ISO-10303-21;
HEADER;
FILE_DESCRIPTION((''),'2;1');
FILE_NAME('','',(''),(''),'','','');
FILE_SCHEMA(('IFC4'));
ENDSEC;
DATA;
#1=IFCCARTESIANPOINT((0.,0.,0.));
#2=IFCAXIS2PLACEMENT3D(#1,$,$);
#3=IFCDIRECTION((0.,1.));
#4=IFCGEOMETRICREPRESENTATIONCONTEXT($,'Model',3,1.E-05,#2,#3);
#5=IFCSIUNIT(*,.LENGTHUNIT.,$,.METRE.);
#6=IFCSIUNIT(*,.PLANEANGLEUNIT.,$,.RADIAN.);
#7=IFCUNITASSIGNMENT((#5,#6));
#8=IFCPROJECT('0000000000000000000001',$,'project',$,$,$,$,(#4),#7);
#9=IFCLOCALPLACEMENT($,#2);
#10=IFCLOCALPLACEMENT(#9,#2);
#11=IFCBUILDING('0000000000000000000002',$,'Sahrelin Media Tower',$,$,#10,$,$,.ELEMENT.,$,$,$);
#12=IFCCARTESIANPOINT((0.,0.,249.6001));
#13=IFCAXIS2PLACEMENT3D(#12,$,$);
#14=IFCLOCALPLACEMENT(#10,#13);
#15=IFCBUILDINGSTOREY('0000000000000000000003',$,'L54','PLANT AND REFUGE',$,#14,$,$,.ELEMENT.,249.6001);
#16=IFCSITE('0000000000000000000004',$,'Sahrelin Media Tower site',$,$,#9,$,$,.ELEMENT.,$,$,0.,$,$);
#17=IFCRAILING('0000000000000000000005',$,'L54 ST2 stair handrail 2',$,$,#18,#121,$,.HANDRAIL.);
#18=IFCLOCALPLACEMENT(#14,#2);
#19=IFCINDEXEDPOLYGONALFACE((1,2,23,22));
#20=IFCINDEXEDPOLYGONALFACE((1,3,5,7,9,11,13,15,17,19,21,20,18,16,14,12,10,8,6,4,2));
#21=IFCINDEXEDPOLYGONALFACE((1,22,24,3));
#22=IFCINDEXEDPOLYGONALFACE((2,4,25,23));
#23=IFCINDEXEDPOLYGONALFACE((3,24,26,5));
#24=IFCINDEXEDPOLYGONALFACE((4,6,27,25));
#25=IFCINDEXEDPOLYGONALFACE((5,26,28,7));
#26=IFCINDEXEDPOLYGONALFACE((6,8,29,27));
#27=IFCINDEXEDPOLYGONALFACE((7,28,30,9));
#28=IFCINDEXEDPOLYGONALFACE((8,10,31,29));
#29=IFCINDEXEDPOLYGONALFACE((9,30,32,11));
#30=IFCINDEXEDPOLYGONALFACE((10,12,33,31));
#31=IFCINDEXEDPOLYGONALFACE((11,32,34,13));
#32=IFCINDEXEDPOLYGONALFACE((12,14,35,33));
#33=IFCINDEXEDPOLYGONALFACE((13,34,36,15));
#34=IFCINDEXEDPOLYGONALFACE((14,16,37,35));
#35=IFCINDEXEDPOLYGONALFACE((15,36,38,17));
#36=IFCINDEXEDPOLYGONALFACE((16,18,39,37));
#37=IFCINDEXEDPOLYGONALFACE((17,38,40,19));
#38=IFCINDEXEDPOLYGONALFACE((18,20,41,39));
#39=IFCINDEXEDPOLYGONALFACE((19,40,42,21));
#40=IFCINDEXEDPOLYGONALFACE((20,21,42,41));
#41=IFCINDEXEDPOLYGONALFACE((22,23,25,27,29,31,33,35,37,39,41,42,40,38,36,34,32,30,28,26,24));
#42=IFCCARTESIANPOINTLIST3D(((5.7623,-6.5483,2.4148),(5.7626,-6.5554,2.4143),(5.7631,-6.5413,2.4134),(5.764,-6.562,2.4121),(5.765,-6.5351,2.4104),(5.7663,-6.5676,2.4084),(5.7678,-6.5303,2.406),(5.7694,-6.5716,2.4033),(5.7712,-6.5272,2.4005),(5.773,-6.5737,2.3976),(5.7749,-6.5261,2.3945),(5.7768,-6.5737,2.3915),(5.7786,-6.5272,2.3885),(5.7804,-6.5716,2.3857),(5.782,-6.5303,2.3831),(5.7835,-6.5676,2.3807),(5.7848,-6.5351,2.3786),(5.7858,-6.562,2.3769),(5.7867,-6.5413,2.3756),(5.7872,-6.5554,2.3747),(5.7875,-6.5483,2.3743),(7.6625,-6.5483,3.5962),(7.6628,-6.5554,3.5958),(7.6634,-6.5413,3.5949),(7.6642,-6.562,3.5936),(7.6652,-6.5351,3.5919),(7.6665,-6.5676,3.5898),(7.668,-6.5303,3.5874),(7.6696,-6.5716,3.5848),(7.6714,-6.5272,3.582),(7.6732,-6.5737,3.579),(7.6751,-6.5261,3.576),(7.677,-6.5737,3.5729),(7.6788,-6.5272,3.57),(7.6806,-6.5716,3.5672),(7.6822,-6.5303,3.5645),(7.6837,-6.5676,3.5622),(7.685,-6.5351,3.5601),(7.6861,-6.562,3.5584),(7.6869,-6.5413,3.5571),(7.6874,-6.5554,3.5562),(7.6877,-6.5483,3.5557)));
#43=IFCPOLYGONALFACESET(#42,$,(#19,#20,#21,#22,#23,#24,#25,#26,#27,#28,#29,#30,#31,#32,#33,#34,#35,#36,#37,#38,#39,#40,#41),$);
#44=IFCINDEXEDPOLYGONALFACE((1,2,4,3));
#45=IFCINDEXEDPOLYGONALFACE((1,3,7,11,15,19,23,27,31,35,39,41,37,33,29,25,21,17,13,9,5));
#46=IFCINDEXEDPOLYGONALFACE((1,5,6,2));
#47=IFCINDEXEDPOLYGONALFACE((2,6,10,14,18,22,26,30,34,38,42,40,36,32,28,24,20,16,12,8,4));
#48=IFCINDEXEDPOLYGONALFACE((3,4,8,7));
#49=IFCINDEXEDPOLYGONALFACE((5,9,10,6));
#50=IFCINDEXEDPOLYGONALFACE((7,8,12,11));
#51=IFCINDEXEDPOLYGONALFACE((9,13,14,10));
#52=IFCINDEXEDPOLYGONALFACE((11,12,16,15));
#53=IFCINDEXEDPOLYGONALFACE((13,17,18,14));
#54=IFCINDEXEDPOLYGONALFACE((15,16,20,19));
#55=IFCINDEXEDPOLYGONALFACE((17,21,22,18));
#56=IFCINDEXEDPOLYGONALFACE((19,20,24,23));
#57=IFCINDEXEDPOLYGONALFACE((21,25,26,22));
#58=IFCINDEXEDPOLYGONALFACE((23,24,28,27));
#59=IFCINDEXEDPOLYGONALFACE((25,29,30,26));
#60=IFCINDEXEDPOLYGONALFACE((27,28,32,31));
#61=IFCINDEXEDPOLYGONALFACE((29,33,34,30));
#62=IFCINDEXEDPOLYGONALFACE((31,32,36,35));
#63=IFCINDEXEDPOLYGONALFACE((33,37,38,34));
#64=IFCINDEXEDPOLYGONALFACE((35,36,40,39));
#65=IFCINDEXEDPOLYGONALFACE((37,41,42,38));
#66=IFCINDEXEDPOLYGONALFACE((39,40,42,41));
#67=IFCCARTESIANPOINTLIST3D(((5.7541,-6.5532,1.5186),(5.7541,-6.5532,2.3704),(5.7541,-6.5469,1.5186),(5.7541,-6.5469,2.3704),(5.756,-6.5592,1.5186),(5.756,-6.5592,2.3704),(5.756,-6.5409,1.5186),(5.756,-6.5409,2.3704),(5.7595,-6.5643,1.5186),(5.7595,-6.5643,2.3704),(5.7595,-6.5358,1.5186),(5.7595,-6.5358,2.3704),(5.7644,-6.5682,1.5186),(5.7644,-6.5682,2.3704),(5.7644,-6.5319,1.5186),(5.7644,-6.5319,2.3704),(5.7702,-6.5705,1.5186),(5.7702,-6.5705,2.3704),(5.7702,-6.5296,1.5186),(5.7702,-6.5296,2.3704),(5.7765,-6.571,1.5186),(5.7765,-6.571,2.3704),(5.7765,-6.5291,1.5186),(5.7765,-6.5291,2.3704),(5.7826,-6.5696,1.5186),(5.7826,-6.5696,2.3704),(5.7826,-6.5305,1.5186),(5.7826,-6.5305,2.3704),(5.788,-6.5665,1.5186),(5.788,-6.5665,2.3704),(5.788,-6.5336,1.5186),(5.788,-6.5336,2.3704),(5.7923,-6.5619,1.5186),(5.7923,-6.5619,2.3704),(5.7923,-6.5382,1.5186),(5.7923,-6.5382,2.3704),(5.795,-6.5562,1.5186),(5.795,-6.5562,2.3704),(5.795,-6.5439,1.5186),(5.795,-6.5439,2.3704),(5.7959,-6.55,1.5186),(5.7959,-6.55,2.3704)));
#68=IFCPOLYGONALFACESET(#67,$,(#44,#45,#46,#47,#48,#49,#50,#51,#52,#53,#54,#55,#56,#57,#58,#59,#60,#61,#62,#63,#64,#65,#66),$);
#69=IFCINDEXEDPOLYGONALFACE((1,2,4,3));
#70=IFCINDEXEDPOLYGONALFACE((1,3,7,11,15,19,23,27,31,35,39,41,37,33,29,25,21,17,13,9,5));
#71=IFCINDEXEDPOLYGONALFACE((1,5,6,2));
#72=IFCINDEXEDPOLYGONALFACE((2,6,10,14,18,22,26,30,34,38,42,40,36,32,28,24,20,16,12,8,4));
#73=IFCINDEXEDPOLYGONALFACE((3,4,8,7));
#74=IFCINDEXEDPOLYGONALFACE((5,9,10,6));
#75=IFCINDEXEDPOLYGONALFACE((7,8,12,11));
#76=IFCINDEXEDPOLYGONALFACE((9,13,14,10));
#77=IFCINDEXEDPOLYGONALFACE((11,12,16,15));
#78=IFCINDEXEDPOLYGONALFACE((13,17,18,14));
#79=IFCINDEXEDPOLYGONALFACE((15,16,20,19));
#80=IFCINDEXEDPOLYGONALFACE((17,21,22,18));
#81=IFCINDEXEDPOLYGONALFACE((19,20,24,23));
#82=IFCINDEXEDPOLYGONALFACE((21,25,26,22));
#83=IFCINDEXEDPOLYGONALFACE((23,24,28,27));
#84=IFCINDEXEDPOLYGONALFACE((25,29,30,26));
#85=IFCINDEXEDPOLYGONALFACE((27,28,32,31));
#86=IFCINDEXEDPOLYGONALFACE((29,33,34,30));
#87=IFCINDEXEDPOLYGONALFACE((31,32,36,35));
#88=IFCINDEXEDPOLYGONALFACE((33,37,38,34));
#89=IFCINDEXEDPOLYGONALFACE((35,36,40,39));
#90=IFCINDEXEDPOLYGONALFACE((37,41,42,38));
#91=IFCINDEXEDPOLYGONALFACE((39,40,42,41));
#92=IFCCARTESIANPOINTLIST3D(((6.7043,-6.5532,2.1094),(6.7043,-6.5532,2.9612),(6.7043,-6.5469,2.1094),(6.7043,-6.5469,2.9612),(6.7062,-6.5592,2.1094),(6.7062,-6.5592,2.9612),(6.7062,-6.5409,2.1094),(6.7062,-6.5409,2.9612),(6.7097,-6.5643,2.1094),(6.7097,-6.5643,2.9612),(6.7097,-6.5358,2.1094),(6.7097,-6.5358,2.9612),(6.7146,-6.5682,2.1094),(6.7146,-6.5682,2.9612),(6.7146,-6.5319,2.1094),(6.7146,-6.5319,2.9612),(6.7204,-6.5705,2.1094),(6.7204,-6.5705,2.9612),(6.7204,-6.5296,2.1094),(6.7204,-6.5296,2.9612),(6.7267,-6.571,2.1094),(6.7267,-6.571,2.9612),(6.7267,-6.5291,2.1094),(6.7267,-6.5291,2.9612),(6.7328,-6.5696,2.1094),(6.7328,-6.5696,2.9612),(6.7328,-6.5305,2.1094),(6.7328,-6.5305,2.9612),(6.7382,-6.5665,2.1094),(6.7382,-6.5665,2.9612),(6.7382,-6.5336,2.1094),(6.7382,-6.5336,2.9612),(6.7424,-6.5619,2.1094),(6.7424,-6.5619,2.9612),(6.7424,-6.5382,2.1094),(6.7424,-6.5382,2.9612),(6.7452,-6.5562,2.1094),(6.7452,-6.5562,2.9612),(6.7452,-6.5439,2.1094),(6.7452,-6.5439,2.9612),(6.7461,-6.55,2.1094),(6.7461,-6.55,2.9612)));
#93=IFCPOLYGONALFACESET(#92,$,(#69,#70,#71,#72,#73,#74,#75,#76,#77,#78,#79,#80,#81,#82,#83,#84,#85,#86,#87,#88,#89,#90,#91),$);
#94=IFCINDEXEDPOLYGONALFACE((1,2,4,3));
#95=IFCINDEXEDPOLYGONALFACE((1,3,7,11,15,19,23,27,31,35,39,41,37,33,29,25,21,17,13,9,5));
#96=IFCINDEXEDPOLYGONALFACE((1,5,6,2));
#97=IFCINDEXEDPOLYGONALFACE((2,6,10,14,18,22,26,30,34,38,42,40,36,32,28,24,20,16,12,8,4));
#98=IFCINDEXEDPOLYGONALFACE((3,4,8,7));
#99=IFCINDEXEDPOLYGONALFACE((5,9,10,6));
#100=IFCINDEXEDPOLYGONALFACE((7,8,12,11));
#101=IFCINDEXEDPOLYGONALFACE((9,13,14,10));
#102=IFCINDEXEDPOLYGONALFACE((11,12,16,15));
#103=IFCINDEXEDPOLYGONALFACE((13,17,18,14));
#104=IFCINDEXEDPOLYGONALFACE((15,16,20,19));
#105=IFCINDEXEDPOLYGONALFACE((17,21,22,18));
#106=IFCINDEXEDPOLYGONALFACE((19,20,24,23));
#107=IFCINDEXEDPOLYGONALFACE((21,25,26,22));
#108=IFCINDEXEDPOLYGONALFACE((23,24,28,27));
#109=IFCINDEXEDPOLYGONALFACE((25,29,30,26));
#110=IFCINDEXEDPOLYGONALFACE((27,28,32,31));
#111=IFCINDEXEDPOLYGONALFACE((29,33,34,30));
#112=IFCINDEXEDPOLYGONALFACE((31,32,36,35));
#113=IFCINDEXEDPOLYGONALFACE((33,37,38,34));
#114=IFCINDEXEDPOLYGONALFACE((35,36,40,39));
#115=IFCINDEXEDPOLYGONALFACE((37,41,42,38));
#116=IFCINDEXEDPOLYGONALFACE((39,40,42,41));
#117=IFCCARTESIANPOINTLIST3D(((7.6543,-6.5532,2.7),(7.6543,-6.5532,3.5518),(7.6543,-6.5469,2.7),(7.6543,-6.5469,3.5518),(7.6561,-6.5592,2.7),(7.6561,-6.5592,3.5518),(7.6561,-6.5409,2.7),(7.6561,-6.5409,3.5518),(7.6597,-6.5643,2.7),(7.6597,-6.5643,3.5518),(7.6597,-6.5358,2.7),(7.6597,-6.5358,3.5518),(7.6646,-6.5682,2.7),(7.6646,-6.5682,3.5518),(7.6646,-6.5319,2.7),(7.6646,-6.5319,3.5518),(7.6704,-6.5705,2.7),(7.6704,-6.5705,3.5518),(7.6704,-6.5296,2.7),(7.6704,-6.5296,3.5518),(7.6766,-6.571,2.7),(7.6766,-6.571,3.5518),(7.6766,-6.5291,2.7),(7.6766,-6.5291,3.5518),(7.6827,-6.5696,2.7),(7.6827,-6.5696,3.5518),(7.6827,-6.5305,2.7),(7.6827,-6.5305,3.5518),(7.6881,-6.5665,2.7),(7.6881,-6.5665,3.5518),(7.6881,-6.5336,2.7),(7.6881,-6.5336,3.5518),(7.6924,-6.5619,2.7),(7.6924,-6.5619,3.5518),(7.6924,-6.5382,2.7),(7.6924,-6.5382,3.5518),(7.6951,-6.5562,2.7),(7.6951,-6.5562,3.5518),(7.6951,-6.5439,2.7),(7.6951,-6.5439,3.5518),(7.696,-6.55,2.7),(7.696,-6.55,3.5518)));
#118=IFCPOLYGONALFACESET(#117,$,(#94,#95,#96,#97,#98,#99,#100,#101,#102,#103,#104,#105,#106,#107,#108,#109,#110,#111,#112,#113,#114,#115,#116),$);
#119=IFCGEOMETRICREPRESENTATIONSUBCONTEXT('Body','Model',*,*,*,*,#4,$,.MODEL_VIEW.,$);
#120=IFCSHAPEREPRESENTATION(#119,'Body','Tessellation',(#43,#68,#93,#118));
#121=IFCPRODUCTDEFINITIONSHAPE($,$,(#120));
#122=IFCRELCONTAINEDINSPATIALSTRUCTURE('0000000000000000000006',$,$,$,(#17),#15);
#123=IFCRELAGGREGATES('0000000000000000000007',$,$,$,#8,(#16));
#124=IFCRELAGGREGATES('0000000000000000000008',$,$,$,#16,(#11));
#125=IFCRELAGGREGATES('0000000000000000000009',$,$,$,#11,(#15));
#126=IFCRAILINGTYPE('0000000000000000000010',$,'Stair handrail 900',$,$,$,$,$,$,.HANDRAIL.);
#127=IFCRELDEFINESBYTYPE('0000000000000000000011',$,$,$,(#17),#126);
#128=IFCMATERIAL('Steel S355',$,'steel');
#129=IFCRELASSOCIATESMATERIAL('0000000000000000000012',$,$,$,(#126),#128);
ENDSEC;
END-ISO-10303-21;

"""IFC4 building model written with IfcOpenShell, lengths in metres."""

from ifc_helpers import new_model, si_unit, direction, frame, origin, origin_2d, place, context, subcontext, project, spatial, circle, extrude, material, type_object, element, save


model = new_model("IFC4")

# Units and contexts
model_context = context("Model", 3, precision=1e-05, world=origin(), true_north=direction((0.0, 1.0)))
body_context = subcontext(model_context, "Body", "Model", "MODEL_VIEW")
ifc_project = project(units=[si_unit("LENGTHUNIT", "METRE"), si_unit("PLANEANGLEUNIT", "RADIAN")], contexts=[model_context])

# Site, building, storey
site_placement = place(None, origin())
site = spatial("IfcSite", under=ifc_project, at=site_placement, Name="Sahrelin Media Tower site", CompositionType="ELEMENT", RefElevation=0.0)
building_placement = place(site_placement, origin())
building = spatial("IfcBuilding", under=site, at=building_placement, Name="Sahrelin Media Tower", CompositionType="ELEMENT")
storey_placement = place(building_placement, frame((0.0, 0.0, 249.6001)))
storey = spatial("IfcBuildingStorey", under=building, at=storey_placement, Name="L54", Description="PLANT AND REFUGE", CompositionType="ELEMENT", Elevation=249.6001)

# Shared definitions
ifc_material_1 = material(Name="Steel S355", Category="steel")

# Railing
railing_type_1 = type_object("IfcRailingType", Name="Stair handrail 900", PredefinedType="HANDRAIL", material=ifc_material_1)
railing_1_placement = place(storey_placement, frame((5.7749, -6.55, 1.5186)))
element("IfcRailing", 1, at=railing_1_placement, inside=storey, type_object=railing_type_1, Name="L54 ST2 stair handrail 2", PredefinedType="HANDRAIL", context=body_context, shape_type="SweptSolid", body=[
    extrude(circle(Radius=0.0239, at=origin_2d()), frame((0.0, 0.0, 0.876), z_axis=(0.84924, 0.0, 0.528006), x_axis=(0.0, 1.0, 0.0)), (0.0, 0.0, 1.0), 2.2375),
    extrude(circle(Radius=0.021, at=origin_2d()), origin(), (0.0, 0.0, 1.0), 0.8518),
    extrude(circle(Radius=0.021, at=origin_2d()), frame((0.9502, 0.0, 0.5908)), (0.0, 0.0, 1.0), 0.8518),
    extrude(circle(Radius=0.021, at=origin_2d()), frame((1.9001, 0.0, 1.1814)), (0.0, 0.0, 1.0), 0.8518),
])

save(model, "model.ifc")
